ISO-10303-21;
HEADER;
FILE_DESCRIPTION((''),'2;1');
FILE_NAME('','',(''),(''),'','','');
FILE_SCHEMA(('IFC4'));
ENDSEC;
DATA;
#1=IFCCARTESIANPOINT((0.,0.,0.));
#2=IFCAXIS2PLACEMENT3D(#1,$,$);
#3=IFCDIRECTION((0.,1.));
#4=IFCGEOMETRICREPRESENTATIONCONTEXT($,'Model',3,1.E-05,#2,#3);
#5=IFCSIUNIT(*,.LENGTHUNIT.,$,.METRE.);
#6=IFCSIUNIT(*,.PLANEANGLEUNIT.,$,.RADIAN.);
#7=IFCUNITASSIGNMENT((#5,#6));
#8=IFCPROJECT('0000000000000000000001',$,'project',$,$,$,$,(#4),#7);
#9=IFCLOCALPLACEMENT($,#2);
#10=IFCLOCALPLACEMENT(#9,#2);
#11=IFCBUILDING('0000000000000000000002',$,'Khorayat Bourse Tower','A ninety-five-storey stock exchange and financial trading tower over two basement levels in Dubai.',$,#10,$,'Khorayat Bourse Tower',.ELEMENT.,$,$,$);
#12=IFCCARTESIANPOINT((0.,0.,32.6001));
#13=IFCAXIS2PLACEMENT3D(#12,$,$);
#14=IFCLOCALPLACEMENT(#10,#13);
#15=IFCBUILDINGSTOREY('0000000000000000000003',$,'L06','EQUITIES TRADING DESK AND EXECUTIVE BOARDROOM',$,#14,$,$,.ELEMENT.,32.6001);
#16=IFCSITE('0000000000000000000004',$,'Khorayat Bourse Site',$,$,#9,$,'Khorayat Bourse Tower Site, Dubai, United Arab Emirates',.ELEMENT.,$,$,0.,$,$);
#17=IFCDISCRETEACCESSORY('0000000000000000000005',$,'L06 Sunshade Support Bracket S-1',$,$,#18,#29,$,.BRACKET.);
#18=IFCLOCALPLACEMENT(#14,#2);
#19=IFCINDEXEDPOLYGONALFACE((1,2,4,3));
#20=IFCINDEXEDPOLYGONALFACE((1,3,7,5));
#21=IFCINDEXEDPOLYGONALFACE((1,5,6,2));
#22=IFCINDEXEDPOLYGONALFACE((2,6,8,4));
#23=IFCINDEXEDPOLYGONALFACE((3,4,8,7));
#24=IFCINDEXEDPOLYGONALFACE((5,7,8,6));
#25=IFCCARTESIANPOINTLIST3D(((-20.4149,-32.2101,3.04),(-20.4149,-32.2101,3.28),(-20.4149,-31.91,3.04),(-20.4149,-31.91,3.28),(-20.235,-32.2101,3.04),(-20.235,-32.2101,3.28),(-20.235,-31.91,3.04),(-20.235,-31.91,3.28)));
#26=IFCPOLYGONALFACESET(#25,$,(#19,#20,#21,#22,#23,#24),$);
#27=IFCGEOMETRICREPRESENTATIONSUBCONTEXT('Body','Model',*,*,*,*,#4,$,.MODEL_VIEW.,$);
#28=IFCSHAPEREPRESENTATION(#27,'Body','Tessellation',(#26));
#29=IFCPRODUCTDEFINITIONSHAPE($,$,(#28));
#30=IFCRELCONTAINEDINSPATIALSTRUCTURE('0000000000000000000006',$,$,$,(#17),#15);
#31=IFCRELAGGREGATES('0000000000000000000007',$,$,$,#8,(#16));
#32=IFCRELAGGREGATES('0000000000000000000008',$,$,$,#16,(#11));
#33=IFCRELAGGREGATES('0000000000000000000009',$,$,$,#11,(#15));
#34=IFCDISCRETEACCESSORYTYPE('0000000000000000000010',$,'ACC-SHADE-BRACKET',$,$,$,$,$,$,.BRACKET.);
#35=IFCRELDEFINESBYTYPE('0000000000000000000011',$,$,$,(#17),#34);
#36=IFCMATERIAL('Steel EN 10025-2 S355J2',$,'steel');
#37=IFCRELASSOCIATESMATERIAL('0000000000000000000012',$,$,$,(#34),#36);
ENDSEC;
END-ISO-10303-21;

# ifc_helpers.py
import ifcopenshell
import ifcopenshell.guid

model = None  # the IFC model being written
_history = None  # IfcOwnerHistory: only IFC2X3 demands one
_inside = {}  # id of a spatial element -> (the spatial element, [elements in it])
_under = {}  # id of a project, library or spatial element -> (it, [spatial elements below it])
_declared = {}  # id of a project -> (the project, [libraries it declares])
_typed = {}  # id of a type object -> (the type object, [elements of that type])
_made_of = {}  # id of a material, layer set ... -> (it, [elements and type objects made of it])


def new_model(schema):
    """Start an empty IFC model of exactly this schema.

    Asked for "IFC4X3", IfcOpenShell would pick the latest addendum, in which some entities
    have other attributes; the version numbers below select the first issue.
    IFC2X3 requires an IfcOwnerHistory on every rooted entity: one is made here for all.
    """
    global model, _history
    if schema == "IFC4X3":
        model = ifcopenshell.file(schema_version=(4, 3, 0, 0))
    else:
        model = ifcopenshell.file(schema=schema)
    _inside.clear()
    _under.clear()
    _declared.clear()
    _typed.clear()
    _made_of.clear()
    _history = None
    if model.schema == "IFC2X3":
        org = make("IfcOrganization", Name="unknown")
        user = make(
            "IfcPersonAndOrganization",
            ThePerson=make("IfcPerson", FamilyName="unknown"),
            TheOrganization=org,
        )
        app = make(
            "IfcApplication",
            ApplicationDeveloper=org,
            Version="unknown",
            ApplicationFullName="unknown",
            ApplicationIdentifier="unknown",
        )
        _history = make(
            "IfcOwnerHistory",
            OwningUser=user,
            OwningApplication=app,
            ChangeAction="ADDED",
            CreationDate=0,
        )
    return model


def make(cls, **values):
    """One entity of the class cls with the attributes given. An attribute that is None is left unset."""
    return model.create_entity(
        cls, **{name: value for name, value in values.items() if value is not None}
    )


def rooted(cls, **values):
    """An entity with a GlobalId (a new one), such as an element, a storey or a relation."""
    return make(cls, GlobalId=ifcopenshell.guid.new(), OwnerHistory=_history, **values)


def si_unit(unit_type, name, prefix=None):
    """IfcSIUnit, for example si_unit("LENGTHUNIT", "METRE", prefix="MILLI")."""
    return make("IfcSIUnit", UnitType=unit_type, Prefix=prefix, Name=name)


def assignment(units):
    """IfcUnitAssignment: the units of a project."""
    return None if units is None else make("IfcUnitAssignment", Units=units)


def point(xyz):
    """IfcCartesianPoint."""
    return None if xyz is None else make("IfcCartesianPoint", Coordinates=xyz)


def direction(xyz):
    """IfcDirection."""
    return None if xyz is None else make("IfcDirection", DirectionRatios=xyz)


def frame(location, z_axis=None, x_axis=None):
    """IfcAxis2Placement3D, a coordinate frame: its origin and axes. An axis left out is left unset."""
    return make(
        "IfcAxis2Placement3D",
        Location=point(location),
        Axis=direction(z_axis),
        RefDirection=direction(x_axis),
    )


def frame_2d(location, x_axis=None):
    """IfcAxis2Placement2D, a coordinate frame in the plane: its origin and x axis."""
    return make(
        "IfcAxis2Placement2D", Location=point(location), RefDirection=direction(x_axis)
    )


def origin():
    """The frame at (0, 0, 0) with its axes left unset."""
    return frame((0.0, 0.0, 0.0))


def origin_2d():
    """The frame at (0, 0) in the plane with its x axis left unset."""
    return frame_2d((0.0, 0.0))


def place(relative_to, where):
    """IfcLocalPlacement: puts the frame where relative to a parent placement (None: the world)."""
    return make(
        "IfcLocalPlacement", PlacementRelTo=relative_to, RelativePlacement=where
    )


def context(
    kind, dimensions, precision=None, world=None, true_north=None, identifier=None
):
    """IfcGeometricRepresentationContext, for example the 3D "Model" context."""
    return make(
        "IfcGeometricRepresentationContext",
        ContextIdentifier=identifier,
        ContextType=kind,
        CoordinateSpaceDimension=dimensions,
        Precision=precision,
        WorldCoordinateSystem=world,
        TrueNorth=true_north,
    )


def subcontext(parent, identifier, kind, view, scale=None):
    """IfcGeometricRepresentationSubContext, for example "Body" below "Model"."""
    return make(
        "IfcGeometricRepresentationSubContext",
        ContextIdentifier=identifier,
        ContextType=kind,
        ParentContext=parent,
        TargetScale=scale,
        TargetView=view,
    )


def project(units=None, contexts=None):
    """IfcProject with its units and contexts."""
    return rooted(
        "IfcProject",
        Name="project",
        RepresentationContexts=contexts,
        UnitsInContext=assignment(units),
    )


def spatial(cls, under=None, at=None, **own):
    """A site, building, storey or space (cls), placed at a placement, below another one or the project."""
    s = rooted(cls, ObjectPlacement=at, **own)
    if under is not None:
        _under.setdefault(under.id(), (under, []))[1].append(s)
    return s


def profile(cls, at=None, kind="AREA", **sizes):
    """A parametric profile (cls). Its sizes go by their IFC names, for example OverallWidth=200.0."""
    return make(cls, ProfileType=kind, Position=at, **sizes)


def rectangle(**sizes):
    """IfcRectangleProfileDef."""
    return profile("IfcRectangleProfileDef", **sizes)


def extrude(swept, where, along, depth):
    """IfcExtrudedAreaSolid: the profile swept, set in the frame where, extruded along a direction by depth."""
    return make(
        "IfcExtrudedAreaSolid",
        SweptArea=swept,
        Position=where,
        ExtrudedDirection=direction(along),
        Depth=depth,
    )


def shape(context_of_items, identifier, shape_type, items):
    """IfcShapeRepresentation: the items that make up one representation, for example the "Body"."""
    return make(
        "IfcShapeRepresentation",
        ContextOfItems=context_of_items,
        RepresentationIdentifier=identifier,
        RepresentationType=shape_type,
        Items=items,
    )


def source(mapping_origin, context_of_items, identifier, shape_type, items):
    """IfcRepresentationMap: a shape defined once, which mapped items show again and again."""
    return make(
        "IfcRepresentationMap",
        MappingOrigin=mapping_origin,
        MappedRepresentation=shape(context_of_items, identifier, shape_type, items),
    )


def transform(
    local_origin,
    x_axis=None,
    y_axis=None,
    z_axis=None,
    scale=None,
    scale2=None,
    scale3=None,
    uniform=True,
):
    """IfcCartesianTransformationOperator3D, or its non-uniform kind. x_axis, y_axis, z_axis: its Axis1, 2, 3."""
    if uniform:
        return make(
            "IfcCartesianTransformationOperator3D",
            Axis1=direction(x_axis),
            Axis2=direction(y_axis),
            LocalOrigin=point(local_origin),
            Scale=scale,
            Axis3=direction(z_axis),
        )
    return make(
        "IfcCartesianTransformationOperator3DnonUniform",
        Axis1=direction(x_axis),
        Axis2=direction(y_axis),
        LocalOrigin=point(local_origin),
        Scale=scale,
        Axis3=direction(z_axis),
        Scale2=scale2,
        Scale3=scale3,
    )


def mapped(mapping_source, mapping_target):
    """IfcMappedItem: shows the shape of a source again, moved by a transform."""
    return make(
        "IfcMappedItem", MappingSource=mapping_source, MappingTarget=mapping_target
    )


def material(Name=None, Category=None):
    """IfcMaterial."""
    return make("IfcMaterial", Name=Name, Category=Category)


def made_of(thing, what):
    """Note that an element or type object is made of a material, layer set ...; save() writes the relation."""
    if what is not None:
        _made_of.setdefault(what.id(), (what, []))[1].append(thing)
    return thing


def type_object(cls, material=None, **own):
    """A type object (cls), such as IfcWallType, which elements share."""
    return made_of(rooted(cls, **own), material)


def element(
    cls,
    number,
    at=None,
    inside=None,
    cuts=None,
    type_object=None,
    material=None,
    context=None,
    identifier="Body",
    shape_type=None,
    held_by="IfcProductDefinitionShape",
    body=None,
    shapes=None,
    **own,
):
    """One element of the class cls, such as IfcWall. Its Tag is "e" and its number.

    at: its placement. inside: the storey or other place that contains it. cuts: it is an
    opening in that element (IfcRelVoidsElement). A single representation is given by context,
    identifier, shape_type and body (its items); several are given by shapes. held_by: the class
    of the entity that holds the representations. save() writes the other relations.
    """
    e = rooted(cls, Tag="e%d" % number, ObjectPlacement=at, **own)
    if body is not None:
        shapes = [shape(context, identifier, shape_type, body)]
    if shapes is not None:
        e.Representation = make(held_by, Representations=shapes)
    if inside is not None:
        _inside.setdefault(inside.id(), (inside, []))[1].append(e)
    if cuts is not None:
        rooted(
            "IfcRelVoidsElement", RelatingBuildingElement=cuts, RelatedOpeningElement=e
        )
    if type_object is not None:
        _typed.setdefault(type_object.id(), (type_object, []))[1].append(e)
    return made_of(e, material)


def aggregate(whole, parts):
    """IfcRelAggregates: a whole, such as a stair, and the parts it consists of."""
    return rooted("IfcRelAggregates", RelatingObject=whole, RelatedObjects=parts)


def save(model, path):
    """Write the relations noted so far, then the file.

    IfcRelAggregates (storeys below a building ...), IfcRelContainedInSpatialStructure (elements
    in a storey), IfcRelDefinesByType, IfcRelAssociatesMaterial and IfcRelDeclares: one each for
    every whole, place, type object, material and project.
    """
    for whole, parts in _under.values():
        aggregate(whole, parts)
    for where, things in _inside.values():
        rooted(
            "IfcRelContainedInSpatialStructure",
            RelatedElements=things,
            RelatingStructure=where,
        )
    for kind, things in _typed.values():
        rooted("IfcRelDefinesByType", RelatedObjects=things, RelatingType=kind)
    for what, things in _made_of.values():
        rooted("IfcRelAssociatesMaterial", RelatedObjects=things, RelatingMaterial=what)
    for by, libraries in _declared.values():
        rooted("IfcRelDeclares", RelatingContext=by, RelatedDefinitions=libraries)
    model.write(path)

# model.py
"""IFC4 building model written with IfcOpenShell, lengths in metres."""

from ifc_helpers import new_model, si_unit, direction, frame, origin, origin_2d, place, context, subcontext, project, spatial, rectangle, extrude, source, transform, mapped, material, type_object, element, save


model = new_model("IFC4")

# Units and contexts
model_context = context("Model", 3, precision=1e-05, world=origin(), true_north=direction((0.0, 1.0)))
body_context = subcontext(model_context, "Body", "Model", "MODEL_VIEW")
ifc_project = project(units=[si_unit("LENGTHUNIT", "METRE"), si_unit("PLANEANGLEUNIT", "RADIAN")], contexts=[model_context])

# Site, building, storey
site_placement = place(None, origin())
site = spatial("IfcSite", under=ifc_project, at=site_placement, Name="Khorayat Bourse Site", LongName="Khorayat Bourse Tower Site, Dubai, United Arab Emirates", CompositionType="ELEMENT", RefElevation=0.0)
building_placement = place(site_placement, origin())
building = spatial("IfcBuilding", under=site, at=building_placement, Name="Khorayat Bourse Tower", Description="A ninety-five-storey stock exchange and financial trading tower over two basement levels in Dubai.", LongName="Khorayat Bourse Tower", CompositionType="ELEMENT")
storey_placement = place(building_placement, frame((0.0, 0.0, 32.6001)))
storey = spatial("IfcBuildingStorey", under=building, at=storey_placement, Name="L06", Description="EQUITIES TRADING DESK AND EXECUTIVE BOARDROOM", CompositionType="ELEMENT", Elevation=32.6001)

# Discrete accessory
ifc_material_1 = material(Name="Steel EN 10025-2 S355J2", Category="steel")
discrete_accessory_type = type_object("IfcDiscreteAccessoryType", Name="ACC-SHADE-BRACKET", PredefinedType="BRACKET", material=ifc_material_1)
shared_shape_1 = source(origin(), body_context, "Body", "SweptSolid", [
    extrude(rectangle(XDim=0.1799, YDim=0.3, at=origin_2d()), origin(), (0.0, 0.0, 1.0), 0.24),
])
discrete_accessory_placement = place(storey_placement, frame((-20.325, -32.0601, 3.04), z_axis=(0.0, 0.0, 1.0), x_axis=(1.0, 0.0, 0.0)))
element("IfcDiscreteAccessory", 1, at=discrete_accessory_placement, inside=storey, type_object=discrete_accessory_type, Name="L06 Sunshade Support Bracket S-1", PredefinedType="BRACKET", context=body_context, shape_type="MappedRepresentation", body=[
    mapped(shared_shape_1, transform((0.0, 0.0, 0.0), scale=1.0)),
])

save(model, "model.ifc")
